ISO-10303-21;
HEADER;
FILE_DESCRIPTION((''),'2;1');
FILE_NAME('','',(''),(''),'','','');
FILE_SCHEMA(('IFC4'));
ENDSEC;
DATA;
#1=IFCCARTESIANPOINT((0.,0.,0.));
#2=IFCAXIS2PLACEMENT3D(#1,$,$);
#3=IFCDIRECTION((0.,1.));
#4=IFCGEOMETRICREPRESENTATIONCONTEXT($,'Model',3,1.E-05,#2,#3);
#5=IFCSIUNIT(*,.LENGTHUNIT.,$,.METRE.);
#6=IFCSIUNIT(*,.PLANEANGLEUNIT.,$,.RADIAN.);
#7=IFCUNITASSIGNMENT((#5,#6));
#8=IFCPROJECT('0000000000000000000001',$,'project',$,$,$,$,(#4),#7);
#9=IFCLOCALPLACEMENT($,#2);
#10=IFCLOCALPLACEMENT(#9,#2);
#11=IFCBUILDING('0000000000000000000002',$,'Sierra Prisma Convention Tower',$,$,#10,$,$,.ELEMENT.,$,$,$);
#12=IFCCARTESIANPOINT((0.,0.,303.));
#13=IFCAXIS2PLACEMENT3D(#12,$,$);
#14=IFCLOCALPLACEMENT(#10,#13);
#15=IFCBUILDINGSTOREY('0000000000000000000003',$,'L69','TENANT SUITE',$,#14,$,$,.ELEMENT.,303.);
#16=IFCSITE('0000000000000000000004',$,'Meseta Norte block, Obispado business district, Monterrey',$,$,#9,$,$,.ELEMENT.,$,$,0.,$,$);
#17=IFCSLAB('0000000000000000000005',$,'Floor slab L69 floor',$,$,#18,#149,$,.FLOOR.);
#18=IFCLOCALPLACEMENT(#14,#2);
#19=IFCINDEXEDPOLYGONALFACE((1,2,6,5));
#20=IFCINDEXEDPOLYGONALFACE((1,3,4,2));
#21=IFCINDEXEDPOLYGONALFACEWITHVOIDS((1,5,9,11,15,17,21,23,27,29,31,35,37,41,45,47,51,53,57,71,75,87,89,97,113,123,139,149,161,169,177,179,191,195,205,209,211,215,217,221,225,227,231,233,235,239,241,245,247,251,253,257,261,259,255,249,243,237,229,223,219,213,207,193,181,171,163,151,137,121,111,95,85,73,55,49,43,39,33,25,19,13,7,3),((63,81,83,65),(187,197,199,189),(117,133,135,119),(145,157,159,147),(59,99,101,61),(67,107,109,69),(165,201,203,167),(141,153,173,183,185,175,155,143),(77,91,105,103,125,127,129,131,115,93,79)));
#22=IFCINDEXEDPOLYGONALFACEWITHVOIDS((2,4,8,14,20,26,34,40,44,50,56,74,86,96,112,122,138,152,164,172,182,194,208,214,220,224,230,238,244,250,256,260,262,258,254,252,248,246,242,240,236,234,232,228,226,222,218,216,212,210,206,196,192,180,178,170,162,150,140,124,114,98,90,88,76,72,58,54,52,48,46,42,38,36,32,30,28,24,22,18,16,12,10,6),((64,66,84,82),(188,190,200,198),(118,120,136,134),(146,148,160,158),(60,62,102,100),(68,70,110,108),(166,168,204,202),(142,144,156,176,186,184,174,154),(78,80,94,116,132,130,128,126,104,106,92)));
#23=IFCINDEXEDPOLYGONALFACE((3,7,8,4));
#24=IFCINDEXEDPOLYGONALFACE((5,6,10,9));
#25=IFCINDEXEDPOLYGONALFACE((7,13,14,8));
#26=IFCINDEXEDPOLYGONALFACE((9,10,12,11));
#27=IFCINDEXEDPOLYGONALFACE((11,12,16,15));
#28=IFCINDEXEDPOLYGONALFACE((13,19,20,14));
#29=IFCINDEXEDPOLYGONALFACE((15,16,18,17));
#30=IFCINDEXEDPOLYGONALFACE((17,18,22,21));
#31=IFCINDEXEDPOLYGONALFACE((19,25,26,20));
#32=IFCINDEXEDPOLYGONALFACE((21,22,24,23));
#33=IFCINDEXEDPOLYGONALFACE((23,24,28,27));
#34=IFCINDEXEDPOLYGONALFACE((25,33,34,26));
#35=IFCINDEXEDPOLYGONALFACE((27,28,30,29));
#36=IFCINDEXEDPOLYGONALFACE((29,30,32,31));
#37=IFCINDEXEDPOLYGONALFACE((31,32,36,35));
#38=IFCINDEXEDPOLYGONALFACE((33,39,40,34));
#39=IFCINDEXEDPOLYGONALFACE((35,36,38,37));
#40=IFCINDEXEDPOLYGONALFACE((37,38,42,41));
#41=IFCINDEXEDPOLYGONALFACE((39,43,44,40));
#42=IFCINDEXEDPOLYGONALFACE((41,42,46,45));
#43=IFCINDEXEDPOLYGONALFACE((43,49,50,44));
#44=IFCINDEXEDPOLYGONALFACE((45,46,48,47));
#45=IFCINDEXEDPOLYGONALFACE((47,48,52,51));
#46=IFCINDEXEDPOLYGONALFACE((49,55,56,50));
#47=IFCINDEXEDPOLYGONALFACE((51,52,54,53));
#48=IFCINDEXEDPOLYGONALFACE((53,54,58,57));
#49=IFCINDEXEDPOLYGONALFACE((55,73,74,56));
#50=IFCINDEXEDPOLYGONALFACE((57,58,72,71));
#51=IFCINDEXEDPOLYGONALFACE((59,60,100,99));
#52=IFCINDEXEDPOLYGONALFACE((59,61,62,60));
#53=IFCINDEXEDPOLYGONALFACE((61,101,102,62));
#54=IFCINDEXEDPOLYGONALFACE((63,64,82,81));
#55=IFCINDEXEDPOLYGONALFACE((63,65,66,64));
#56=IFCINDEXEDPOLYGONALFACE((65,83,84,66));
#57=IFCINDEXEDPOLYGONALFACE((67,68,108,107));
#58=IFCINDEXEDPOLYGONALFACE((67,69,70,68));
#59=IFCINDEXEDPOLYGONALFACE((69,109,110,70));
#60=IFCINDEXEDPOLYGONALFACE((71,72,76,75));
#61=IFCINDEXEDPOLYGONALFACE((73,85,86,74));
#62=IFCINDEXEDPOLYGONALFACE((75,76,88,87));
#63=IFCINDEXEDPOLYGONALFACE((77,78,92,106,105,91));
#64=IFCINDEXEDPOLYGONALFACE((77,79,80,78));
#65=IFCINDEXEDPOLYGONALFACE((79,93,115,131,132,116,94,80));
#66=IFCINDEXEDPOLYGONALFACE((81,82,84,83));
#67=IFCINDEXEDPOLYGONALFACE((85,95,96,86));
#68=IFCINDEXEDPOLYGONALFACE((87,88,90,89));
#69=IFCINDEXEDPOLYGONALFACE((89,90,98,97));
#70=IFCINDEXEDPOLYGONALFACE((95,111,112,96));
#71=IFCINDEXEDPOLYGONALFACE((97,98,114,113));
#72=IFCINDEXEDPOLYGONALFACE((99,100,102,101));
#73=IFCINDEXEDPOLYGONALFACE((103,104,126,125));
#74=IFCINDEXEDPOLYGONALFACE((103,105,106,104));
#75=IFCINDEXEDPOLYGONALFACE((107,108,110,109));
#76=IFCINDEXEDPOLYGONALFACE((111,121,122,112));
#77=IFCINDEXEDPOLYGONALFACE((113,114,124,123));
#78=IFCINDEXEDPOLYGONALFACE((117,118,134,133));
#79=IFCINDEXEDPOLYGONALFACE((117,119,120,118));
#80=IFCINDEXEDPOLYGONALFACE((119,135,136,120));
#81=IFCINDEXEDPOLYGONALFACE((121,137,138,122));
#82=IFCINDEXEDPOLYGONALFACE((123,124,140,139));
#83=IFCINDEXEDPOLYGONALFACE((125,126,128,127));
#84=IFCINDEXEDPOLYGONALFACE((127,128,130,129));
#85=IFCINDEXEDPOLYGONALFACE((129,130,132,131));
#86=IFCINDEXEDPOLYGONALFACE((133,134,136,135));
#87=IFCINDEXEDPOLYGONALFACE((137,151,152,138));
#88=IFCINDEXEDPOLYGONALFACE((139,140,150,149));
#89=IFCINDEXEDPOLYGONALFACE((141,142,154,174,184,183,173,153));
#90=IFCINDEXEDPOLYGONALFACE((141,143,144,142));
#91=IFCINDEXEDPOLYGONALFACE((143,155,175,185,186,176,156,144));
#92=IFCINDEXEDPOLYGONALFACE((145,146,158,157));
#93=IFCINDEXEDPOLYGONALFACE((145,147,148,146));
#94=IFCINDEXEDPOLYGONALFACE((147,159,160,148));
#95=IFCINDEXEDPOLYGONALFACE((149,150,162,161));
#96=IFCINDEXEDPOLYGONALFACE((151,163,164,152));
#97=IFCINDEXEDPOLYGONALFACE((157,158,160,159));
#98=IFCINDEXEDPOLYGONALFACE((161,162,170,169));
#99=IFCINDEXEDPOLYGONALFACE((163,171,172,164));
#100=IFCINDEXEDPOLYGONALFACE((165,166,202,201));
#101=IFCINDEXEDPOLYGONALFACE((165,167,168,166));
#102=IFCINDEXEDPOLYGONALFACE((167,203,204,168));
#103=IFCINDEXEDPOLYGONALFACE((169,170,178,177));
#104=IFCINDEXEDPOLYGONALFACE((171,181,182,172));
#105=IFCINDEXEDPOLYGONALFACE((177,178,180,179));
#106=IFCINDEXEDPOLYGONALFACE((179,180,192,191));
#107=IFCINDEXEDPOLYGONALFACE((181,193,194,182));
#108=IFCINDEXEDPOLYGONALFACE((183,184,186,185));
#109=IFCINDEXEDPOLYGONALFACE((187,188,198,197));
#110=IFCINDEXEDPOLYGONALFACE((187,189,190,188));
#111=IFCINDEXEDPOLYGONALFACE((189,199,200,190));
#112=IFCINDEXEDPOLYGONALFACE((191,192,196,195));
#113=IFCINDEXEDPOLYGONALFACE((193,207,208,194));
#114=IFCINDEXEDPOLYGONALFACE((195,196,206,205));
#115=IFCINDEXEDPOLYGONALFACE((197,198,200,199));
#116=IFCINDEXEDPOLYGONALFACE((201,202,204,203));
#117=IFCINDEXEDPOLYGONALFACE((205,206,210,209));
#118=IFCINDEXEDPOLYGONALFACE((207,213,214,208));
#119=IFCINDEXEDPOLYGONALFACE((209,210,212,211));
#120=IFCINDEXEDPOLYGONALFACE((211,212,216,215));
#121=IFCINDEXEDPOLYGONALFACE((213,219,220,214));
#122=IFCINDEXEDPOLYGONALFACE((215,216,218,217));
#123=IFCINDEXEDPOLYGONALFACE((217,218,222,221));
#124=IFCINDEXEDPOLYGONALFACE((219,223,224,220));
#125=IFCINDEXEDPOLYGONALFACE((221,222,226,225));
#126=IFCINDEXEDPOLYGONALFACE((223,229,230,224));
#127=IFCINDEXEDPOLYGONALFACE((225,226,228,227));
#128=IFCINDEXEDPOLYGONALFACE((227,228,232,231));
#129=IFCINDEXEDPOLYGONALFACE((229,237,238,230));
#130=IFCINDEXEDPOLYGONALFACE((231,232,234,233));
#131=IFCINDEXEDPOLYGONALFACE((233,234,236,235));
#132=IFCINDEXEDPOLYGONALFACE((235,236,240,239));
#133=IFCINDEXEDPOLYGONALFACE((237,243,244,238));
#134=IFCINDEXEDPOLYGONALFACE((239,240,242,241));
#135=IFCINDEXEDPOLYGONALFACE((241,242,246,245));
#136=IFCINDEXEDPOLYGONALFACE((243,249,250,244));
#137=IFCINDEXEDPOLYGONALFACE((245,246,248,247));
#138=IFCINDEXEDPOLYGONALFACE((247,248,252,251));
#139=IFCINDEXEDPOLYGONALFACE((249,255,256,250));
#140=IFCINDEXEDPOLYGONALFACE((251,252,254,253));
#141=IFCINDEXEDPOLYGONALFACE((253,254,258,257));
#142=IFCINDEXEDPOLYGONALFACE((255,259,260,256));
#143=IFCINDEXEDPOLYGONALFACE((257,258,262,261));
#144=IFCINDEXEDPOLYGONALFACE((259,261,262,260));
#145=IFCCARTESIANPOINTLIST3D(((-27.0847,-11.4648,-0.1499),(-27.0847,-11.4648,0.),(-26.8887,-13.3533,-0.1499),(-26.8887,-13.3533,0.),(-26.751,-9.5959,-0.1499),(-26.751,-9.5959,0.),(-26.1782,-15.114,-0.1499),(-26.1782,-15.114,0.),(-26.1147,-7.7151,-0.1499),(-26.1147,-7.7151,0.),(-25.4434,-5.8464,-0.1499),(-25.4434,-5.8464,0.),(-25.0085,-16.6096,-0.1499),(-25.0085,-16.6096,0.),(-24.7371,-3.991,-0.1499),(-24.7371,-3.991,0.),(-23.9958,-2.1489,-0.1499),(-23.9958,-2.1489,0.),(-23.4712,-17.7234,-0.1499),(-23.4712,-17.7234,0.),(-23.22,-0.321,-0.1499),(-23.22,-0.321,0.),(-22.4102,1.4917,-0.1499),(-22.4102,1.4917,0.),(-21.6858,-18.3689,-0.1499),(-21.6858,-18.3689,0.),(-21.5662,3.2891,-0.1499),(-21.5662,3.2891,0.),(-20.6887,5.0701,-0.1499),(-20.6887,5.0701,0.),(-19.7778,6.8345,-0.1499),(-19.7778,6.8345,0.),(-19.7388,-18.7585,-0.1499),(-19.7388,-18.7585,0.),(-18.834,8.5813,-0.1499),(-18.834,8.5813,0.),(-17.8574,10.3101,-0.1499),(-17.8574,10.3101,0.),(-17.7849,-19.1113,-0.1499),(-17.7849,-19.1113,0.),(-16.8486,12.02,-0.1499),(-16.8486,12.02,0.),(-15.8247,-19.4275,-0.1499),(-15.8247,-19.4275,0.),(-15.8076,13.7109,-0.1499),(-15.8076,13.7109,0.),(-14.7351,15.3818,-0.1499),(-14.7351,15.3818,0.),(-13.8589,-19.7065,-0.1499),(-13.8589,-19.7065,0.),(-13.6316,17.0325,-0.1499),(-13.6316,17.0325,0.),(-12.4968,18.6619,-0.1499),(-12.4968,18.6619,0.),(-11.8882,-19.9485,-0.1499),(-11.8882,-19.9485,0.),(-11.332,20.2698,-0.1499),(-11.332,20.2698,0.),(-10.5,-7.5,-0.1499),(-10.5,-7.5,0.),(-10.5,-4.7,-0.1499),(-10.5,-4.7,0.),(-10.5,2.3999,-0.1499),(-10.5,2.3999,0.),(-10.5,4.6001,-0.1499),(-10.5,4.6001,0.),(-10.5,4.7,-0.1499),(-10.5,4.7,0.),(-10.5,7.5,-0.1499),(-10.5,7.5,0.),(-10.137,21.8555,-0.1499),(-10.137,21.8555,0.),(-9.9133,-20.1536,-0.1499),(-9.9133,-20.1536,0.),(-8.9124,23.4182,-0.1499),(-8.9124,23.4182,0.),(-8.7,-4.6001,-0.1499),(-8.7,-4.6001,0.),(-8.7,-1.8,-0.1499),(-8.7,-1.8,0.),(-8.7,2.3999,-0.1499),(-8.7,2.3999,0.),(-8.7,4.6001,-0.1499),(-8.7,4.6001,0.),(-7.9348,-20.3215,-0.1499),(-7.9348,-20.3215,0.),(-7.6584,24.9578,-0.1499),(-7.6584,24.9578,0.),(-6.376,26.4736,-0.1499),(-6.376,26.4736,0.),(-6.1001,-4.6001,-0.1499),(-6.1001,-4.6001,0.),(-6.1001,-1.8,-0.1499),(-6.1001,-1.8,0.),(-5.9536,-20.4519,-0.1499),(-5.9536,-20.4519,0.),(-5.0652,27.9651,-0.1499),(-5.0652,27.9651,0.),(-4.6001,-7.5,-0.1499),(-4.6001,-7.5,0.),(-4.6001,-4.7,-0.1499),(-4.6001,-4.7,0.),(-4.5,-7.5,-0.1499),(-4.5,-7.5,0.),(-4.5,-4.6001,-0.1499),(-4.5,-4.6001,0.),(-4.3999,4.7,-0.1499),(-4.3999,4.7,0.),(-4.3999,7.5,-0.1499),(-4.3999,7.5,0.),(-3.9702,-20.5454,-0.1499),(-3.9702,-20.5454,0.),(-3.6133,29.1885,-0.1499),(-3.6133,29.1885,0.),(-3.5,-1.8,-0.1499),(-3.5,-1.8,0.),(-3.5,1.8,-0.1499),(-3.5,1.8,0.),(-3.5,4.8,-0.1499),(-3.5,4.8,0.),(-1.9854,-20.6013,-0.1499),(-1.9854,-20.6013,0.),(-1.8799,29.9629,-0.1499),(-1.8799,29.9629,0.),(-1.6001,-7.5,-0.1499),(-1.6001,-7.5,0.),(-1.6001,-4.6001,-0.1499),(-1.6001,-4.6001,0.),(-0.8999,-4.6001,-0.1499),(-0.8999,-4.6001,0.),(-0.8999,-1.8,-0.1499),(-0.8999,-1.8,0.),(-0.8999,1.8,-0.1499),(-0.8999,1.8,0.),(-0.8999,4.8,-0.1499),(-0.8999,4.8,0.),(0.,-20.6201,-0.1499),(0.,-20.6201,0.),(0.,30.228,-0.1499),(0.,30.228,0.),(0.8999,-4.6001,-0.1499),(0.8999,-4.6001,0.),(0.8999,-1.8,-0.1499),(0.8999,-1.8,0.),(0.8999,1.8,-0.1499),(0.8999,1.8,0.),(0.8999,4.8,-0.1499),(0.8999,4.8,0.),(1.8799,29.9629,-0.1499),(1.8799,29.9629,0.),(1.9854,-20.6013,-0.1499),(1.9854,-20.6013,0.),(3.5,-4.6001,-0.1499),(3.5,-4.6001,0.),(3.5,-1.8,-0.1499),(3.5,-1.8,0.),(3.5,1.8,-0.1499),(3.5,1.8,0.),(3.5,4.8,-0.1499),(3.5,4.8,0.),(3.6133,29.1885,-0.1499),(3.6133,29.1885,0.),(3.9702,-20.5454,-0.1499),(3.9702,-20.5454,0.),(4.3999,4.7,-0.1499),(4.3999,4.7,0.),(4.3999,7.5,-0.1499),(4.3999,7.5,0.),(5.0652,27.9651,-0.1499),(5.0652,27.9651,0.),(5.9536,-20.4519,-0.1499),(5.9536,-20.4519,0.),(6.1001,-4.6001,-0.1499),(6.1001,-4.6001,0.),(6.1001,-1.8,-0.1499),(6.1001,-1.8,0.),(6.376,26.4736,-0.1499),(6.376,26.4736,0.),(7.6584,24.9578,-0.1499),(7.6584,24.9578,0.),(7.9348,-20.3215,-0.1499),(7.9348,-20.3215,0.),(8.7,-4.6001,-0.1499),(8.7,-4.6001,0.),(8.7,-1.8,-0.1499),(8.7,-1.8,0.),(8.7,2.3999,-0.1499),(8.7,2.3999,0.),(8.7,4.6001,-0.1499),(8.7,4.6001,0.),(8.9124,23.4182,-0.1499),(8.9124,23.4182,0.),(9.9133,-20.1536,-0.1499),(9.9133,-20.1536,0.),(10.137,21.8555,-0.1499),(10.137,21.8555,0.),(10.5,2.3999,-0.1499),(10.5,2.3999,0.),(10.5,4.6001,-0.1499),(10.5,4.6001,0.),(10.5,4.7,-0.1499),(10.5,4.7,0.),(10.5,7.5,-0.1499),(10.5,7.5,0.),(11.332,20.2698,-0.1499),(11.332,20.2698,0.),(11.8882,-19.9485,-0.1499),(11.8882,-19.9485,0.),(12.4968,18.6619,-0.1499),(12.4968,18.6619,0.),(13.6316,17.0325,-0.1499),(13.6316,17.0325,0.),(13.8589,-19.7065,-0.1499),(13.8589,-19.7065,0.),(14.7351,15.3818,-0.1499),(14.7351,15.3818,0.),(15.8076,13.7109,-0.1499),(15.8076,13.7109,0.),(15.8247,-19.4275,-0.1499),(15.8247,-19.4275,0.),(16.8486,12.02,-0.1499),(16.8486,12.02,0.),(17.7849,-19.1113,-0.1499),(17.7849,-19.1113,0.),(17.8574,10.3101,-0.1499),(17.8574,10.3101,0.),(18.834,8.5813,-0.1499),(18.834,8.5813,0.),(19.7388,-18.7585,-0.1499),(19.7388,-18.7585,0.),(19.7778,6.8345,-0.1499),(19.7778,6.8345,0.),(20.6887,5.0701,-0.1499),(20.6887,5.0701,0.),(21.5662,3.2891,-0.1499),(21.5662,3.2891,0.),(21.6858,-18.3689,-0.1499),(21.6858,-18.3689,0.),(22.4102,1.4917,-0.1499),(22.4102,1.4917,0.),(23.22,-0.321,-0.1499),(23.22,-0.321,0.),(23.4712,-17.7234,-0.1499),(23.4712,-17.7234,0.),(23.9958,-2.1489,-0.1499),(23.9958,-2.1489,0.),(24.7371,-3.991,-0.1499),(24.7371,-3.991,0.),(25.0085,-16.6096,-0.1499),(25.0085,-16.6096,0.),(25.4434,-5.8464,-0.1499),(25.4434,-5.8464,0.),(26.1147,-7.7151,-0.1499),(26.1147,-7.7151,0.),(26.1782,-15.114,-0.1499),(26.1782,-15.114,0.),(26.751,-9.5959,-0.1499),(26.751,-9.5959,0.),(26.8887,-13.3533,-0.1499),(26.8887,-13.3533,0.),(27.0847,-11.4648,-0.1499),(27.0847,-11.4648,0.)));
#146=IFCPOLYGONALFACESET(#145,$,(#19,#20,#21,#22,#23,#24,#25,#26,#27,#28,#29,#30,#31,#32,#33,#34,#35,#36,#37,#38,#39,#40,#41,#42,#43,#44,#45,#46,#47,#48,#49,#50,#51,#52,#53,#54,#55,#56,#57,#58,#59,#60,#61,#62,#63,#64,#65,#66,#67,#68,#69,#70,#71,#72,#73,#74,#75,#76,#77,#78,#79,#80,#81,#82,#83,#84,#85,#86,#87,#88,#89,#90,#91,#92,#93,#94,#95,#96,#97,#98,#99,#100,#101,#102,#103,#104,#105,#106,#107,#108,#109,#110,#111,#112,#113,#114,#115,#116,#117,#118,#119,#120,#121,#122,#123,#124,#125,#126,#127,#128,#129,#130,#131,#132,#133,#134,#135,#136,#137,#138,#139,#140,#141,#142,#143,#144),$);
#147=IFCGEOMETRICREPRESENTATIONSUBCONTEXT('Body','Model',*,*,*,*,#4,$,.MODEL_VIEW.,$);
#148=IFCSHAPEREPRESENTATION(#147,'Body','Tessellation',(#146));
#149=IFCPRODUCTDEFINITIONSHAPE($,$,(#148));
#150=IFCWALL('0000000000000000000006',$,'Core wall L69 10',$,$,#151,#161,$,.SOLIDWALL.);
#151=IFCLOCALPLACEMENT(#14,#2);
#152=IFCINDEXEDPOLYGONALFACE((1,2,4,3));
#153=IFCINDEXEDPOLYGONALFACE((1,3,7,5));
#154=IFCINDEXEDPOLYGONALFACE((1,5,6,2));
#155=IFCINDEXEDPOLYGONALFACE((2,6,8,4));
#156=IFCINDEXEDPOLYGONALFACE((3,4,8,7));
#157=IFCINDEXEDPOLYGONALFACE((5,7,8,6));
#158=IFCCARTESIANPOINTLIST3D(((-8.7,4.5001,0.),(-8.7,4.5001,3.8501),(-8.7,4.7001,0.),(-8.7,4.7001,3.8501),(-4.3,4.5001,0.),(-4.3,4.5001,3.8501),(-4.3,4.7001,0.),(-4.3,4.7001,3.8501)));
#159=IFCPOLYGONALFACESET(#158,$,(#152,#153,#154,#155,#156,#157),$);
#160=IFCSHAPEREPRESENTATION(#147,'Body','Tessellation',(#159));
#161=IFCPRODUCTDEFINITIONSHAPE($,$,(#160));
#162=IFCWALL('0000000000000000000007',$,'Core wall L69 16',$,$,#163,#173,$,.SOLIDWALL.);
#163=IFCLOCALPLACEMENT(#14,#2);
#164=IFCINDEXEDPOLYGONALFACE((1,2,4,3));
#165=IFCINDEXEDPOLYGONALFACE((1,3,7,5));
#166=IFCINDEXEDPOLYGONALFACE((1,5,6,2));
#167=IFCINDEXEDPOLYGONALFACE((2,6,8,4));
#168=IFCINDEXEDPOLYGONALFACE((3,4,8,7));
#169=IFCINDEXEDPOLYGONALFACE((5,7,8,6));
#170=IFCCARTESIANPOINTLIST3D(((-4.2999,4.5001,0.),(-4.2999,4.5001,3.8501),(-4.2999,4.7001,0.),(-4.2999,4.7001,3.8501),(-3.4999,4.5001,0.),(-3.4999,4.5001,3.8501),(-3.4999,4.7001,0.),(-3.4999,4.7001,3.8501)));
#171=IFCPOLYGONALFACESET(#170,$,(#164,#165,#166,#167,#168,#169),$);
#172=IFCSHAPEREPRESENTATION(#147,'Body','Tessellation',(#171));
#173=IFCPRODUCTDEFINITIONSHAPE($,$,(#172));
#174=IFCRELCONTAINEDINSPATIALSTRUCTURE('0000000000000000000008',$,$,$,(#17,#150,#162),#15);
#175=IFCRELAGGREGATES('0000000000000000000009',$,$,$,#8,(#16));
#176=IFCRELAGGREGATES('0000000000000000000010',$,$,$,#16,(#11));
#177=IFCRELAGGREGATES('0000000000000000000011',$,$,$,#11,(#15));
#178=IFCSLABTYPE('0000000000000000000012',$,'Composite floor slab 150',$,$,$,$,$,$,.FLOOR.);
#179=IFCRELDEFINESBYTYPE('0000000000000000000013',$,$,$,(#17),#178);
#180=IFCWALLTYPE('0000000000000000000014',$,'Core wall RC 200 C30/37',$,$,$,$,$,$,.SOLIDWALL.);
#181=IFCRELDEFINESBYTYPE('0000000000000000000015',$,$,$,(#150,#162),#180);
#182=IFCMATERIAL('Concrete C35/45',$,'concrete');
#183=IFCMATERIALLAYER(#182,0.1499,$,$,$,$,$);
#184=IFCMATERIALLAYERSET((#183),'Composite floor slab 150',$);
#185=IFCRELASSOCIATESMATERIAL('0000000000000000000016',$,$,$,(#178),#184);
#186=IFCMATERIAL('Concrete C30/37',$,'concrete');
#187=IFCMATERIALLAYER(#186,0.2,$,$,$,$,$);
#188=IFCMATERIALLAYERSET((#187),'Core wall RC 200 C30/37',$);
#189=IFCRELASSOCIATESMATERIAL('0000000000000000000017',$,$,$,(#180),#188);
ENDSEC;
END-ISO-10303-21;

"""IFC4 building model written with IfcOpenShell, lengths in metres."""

from ifc_helpers import new_model, si_unit, direction, frame, frame_2d, origin, place, context, subcontext, project, spatial, polyline, rectangle, outline, extrude, material, layer, layer_set, type_object, element, save


model = new_model("IFC4")

# Units and contexts
model_context = context("Model", 3, precision=1e-05, world=origin(), true_north=direction((0.0, 1.0)))
body_context = subcontext(model_context, "Body", "Model", "MODEL_VIEW")
ifc_project = project(units=[si_unit("LENGTHUNIT", "METRE"), si_unit("PLANEANGLEUNIT", "RADIAN")], contexts=[model_context])

# Site, building, storey
site_placement = place(None, origin())
site = spatial("IfcSite", under=ifc_project, at=site_placement, Name="Meseta Norte block, Obispado business district, Monterrey", CompositionType="ELEMENT", RefElevation=0.0)
building_placement = place(site_placement, origin())
building = spatial("IfcBuilding", under=site, at=building_placement, Name="Sierra Prisma Convention Tower", CompositionType="ELEMENT")
storey_placement = place(building_placement, frame((0.0, 0.0, 303.0)))
storey = spatial("IfcBuildingStorey", under=building, at=storey_placement, Name="L69", Description="TENANT SUITE", CompositionType="ELEMENT", Elevation=303.0)

# Slab
ifc_material_1 = material(Name="Concrete C35/45", Category="concrete")
ifc_layer_1 = layer(ifc_material_1, 0.1499)
ifc_layer_set_1 = layer_set([ifc_layer_1], Name="Composite floor slab 150")
slab_type = type_object("IfcSlabType", Name="Composite floor slab 150", PredefinedType="FLOOR", material=ifc_layer_set_1)
slab_placement = place(storey_placement, frame((0.0, 0.0, -0.1499)))
element("IfcSlab", 1, at=slab_placement, inside=storey, type_object=slab_type, Name="Floor slab L69 floor", PredefinedType="FLOOR", context=body_context, shape_type="SweptSolid", body=[
    extrude(outline(polyline([(-21.6858, -18.3689), (-19.7388, -18.7585), (-17.7849, -19.1113), (-15.8247, -19.4275), (-13.8589, -19.7065), (-11.8882, -19.9485), (-9.9133, -20.1536), (-7.9348, -20.3215), (-5.9536, -20.4519), (-3.9702, -20.5454), (-1.9854, -20.6013), (0.0, -20.6201), (1.9854, -20.6013), (3.9702, -20.5454), (5.9536, -20.4519), (7.9348, -20.3215), (9.9133, -20.1536), (11.8882, -19.9485), (13.8589, -19.7065), (15.8247, -19.4275), (17.7849, -19.1113), (19.7388, -18.7585), (21.6858, -18.3689), (23.4712, -17.7234), (25.0085, -16.6096), (26.1782, -15.114), (26.8887, -13.3533), (27.0847, -11.4648), (26.751, -9.5959), (26.1147, -7.7151), (25.4434, -5.8464), (24.7371, -3.991), (23.9958, -2.1489), (23.22, -0.321), (22.4102, 1.4917), (21.5662, 3.2891), (20.6887, 5.0701), (19.7778, 6.8345), (18.834, 8.5813), (17.8574, 10.3101), (16.8486, 12.02), (15.8076, 13.7109), (14.7351, 15.3818), (13.6316, 17.0325), (12.4968, 18.6619), (11.332, 20.2698), (10.137, 21.8555), (8.9124, 23.4182), (7.6584, 24.9578), (6.376, 26.4736), (5.0652, 27.9651), (3.6133, 29.1885), (1.8799, 29.9629), (0.0, 30.228), (-1.8799, 29.9629), (-3.6133, 29.1885), (-5.0652, 27.9651), (-6.376, 26.4736), (-7.6584, 24.9578), (-8.9124, 23.4182), (-10.137, 21.8555), (-11.332, 20.2698), (-12.4968, 18.6619), (-13.6316, 17.0325), (-14.7351, 15.3818), (-15.8076, 13.7109), (-16.8486, 12.02), (-17.8574, 10.3101), (-18.834, 8.5813), (-19.7778, 6.8345), (-20.6887, 5.0701), (-21.5662, 3.2891), (-22.4102, 1.4917), (-23.22, -0.321), (-23.9958, -2.1489), (-24.7371, -3.991), (-25.4434, -5.8464), (-26.1147, -7.7151), (-26.751, -9.5959), (-27.0847, -11.4648), (-26.8887, -13.3533), (-26.1782, -15.114), (-25.0085, -16.6096), (-23.4712, -17.7234), (-21.6858, -18.3689)]), holes=[polyline([(-4.6001, -4.7), (-4.6001, -7.5), (-10.5, -7.5), (-10.5, -4.7), (-4.6001, -4.7)]), polyline([(-4.5, -7.5), (-4.5, -4.6001), (-6.1001, -4.6001), (-8.7, -4.6001), (-8.7, -1.8), (-6.1001, -1.8), (-3.5, -1.8), (-0.8999, -1.8), (-0.8999, -4.6001), (-1.6001, -4.6001), (-1.6001, -7.5), (-4.5, -7.5)]), polyline([(-8.7, 2.3999), (-10.5, 2.3999), (-10.5, 4.6001), (-8.7, 4.6001), (-8.7, 2.3999)]), polyline([(-4.3999, 4.7), (-10.5, 4.7), (-10.5, 7.5), (-4.3999, 7.5), (-4.3999, 4.7)]), polyline([(3.5, -1.8), (6.1001, -1.8), (8.7, -1.8), (8.7, -4.6001), (6.1001, -4.6001), (3.5, -4.6001), (0.8999, -4.6001), (0.8999, -1.8), (3.5, -1.8)]), polyline([(-0.8999, 1.8), (-3.5, 1.8), (-3.5, 4.8), (-0.8999, 4.8), (-0.8999, 1.8)]), polyline([(3.5, 1.8), (0.8999, 1.8), (0.8999, 4.8), (3.5, 4.8), (3.5, 1.8)]), polyline([(10.5, 2.3999), (8.7, 2.3999), (8.7, 4.6001), (10.5, 4.6001), (10.5, 2.3999)]), polyline([(10.5, 4.7), (4.3999, 4.7), (4.3999, 7.5), (10.5, 7.5), (10.5, 4.7)])]), origin(), (0.0, 0.0, 1.0), 0.1499),
])

# Wall
ifc_material_2 = material(Name="Concrete C30/37", Category="concrete")
ifc_layer_2 = layer(ifc_material_2, 0.2)
ifc_layer_set_2 = layer_set([ifc_layer_2], Name="Core wall RC 200 C30/37")
wall_type = type_object("IfcWallType", Name="Core wall RC 200 C30/37", PredefinedType="SOLIDWALL", material=ifc_layer_set_2)
wall_1_placement = place(storey_placement, frame((-4.3, 4.6001, 0.0), z_axis=(0.0, 0.0, 1.0), x_axis=(-1.0, 0.0, 0.0)))
element("IfcWall", 2, at=wall_1_placement, inside=storey, type_object=wall_type, Name="Core wall L69 10", PredefinedType="SOLIDWALL", context=body_context, shape_type="SweptSolid", body=[
    extrude(rectangle(XDim=4.3999, YDim=0.2, at=frame_2d((2.2, 0.0))), origin(), (0.0, 0.0, 1.0), 3.8501),
])

# Wall
wall_2_placement = place(storey_placement, frame((-3.5, 4.6001, 0.0), z_axis=(0.0, 0.0, 1.0), x_axis=(-1.0, 0.0, 0.0)))
element("IfcWall", 3, at=wall_2_placement, inside=storey, type_object=wall_type, Name="Core wall L69 16", PredefinedType="SOLIDWALL", context=body_context, shape_type="SweptSolid", body=[
    extrude(rectangle(XDim=0.8, YDim=0.2, at=frame_2d((0.3999, 0.0))), origin(), (0.0, 0.0, 1.0), 3.8501),
])

save(model, "model.ifc")
